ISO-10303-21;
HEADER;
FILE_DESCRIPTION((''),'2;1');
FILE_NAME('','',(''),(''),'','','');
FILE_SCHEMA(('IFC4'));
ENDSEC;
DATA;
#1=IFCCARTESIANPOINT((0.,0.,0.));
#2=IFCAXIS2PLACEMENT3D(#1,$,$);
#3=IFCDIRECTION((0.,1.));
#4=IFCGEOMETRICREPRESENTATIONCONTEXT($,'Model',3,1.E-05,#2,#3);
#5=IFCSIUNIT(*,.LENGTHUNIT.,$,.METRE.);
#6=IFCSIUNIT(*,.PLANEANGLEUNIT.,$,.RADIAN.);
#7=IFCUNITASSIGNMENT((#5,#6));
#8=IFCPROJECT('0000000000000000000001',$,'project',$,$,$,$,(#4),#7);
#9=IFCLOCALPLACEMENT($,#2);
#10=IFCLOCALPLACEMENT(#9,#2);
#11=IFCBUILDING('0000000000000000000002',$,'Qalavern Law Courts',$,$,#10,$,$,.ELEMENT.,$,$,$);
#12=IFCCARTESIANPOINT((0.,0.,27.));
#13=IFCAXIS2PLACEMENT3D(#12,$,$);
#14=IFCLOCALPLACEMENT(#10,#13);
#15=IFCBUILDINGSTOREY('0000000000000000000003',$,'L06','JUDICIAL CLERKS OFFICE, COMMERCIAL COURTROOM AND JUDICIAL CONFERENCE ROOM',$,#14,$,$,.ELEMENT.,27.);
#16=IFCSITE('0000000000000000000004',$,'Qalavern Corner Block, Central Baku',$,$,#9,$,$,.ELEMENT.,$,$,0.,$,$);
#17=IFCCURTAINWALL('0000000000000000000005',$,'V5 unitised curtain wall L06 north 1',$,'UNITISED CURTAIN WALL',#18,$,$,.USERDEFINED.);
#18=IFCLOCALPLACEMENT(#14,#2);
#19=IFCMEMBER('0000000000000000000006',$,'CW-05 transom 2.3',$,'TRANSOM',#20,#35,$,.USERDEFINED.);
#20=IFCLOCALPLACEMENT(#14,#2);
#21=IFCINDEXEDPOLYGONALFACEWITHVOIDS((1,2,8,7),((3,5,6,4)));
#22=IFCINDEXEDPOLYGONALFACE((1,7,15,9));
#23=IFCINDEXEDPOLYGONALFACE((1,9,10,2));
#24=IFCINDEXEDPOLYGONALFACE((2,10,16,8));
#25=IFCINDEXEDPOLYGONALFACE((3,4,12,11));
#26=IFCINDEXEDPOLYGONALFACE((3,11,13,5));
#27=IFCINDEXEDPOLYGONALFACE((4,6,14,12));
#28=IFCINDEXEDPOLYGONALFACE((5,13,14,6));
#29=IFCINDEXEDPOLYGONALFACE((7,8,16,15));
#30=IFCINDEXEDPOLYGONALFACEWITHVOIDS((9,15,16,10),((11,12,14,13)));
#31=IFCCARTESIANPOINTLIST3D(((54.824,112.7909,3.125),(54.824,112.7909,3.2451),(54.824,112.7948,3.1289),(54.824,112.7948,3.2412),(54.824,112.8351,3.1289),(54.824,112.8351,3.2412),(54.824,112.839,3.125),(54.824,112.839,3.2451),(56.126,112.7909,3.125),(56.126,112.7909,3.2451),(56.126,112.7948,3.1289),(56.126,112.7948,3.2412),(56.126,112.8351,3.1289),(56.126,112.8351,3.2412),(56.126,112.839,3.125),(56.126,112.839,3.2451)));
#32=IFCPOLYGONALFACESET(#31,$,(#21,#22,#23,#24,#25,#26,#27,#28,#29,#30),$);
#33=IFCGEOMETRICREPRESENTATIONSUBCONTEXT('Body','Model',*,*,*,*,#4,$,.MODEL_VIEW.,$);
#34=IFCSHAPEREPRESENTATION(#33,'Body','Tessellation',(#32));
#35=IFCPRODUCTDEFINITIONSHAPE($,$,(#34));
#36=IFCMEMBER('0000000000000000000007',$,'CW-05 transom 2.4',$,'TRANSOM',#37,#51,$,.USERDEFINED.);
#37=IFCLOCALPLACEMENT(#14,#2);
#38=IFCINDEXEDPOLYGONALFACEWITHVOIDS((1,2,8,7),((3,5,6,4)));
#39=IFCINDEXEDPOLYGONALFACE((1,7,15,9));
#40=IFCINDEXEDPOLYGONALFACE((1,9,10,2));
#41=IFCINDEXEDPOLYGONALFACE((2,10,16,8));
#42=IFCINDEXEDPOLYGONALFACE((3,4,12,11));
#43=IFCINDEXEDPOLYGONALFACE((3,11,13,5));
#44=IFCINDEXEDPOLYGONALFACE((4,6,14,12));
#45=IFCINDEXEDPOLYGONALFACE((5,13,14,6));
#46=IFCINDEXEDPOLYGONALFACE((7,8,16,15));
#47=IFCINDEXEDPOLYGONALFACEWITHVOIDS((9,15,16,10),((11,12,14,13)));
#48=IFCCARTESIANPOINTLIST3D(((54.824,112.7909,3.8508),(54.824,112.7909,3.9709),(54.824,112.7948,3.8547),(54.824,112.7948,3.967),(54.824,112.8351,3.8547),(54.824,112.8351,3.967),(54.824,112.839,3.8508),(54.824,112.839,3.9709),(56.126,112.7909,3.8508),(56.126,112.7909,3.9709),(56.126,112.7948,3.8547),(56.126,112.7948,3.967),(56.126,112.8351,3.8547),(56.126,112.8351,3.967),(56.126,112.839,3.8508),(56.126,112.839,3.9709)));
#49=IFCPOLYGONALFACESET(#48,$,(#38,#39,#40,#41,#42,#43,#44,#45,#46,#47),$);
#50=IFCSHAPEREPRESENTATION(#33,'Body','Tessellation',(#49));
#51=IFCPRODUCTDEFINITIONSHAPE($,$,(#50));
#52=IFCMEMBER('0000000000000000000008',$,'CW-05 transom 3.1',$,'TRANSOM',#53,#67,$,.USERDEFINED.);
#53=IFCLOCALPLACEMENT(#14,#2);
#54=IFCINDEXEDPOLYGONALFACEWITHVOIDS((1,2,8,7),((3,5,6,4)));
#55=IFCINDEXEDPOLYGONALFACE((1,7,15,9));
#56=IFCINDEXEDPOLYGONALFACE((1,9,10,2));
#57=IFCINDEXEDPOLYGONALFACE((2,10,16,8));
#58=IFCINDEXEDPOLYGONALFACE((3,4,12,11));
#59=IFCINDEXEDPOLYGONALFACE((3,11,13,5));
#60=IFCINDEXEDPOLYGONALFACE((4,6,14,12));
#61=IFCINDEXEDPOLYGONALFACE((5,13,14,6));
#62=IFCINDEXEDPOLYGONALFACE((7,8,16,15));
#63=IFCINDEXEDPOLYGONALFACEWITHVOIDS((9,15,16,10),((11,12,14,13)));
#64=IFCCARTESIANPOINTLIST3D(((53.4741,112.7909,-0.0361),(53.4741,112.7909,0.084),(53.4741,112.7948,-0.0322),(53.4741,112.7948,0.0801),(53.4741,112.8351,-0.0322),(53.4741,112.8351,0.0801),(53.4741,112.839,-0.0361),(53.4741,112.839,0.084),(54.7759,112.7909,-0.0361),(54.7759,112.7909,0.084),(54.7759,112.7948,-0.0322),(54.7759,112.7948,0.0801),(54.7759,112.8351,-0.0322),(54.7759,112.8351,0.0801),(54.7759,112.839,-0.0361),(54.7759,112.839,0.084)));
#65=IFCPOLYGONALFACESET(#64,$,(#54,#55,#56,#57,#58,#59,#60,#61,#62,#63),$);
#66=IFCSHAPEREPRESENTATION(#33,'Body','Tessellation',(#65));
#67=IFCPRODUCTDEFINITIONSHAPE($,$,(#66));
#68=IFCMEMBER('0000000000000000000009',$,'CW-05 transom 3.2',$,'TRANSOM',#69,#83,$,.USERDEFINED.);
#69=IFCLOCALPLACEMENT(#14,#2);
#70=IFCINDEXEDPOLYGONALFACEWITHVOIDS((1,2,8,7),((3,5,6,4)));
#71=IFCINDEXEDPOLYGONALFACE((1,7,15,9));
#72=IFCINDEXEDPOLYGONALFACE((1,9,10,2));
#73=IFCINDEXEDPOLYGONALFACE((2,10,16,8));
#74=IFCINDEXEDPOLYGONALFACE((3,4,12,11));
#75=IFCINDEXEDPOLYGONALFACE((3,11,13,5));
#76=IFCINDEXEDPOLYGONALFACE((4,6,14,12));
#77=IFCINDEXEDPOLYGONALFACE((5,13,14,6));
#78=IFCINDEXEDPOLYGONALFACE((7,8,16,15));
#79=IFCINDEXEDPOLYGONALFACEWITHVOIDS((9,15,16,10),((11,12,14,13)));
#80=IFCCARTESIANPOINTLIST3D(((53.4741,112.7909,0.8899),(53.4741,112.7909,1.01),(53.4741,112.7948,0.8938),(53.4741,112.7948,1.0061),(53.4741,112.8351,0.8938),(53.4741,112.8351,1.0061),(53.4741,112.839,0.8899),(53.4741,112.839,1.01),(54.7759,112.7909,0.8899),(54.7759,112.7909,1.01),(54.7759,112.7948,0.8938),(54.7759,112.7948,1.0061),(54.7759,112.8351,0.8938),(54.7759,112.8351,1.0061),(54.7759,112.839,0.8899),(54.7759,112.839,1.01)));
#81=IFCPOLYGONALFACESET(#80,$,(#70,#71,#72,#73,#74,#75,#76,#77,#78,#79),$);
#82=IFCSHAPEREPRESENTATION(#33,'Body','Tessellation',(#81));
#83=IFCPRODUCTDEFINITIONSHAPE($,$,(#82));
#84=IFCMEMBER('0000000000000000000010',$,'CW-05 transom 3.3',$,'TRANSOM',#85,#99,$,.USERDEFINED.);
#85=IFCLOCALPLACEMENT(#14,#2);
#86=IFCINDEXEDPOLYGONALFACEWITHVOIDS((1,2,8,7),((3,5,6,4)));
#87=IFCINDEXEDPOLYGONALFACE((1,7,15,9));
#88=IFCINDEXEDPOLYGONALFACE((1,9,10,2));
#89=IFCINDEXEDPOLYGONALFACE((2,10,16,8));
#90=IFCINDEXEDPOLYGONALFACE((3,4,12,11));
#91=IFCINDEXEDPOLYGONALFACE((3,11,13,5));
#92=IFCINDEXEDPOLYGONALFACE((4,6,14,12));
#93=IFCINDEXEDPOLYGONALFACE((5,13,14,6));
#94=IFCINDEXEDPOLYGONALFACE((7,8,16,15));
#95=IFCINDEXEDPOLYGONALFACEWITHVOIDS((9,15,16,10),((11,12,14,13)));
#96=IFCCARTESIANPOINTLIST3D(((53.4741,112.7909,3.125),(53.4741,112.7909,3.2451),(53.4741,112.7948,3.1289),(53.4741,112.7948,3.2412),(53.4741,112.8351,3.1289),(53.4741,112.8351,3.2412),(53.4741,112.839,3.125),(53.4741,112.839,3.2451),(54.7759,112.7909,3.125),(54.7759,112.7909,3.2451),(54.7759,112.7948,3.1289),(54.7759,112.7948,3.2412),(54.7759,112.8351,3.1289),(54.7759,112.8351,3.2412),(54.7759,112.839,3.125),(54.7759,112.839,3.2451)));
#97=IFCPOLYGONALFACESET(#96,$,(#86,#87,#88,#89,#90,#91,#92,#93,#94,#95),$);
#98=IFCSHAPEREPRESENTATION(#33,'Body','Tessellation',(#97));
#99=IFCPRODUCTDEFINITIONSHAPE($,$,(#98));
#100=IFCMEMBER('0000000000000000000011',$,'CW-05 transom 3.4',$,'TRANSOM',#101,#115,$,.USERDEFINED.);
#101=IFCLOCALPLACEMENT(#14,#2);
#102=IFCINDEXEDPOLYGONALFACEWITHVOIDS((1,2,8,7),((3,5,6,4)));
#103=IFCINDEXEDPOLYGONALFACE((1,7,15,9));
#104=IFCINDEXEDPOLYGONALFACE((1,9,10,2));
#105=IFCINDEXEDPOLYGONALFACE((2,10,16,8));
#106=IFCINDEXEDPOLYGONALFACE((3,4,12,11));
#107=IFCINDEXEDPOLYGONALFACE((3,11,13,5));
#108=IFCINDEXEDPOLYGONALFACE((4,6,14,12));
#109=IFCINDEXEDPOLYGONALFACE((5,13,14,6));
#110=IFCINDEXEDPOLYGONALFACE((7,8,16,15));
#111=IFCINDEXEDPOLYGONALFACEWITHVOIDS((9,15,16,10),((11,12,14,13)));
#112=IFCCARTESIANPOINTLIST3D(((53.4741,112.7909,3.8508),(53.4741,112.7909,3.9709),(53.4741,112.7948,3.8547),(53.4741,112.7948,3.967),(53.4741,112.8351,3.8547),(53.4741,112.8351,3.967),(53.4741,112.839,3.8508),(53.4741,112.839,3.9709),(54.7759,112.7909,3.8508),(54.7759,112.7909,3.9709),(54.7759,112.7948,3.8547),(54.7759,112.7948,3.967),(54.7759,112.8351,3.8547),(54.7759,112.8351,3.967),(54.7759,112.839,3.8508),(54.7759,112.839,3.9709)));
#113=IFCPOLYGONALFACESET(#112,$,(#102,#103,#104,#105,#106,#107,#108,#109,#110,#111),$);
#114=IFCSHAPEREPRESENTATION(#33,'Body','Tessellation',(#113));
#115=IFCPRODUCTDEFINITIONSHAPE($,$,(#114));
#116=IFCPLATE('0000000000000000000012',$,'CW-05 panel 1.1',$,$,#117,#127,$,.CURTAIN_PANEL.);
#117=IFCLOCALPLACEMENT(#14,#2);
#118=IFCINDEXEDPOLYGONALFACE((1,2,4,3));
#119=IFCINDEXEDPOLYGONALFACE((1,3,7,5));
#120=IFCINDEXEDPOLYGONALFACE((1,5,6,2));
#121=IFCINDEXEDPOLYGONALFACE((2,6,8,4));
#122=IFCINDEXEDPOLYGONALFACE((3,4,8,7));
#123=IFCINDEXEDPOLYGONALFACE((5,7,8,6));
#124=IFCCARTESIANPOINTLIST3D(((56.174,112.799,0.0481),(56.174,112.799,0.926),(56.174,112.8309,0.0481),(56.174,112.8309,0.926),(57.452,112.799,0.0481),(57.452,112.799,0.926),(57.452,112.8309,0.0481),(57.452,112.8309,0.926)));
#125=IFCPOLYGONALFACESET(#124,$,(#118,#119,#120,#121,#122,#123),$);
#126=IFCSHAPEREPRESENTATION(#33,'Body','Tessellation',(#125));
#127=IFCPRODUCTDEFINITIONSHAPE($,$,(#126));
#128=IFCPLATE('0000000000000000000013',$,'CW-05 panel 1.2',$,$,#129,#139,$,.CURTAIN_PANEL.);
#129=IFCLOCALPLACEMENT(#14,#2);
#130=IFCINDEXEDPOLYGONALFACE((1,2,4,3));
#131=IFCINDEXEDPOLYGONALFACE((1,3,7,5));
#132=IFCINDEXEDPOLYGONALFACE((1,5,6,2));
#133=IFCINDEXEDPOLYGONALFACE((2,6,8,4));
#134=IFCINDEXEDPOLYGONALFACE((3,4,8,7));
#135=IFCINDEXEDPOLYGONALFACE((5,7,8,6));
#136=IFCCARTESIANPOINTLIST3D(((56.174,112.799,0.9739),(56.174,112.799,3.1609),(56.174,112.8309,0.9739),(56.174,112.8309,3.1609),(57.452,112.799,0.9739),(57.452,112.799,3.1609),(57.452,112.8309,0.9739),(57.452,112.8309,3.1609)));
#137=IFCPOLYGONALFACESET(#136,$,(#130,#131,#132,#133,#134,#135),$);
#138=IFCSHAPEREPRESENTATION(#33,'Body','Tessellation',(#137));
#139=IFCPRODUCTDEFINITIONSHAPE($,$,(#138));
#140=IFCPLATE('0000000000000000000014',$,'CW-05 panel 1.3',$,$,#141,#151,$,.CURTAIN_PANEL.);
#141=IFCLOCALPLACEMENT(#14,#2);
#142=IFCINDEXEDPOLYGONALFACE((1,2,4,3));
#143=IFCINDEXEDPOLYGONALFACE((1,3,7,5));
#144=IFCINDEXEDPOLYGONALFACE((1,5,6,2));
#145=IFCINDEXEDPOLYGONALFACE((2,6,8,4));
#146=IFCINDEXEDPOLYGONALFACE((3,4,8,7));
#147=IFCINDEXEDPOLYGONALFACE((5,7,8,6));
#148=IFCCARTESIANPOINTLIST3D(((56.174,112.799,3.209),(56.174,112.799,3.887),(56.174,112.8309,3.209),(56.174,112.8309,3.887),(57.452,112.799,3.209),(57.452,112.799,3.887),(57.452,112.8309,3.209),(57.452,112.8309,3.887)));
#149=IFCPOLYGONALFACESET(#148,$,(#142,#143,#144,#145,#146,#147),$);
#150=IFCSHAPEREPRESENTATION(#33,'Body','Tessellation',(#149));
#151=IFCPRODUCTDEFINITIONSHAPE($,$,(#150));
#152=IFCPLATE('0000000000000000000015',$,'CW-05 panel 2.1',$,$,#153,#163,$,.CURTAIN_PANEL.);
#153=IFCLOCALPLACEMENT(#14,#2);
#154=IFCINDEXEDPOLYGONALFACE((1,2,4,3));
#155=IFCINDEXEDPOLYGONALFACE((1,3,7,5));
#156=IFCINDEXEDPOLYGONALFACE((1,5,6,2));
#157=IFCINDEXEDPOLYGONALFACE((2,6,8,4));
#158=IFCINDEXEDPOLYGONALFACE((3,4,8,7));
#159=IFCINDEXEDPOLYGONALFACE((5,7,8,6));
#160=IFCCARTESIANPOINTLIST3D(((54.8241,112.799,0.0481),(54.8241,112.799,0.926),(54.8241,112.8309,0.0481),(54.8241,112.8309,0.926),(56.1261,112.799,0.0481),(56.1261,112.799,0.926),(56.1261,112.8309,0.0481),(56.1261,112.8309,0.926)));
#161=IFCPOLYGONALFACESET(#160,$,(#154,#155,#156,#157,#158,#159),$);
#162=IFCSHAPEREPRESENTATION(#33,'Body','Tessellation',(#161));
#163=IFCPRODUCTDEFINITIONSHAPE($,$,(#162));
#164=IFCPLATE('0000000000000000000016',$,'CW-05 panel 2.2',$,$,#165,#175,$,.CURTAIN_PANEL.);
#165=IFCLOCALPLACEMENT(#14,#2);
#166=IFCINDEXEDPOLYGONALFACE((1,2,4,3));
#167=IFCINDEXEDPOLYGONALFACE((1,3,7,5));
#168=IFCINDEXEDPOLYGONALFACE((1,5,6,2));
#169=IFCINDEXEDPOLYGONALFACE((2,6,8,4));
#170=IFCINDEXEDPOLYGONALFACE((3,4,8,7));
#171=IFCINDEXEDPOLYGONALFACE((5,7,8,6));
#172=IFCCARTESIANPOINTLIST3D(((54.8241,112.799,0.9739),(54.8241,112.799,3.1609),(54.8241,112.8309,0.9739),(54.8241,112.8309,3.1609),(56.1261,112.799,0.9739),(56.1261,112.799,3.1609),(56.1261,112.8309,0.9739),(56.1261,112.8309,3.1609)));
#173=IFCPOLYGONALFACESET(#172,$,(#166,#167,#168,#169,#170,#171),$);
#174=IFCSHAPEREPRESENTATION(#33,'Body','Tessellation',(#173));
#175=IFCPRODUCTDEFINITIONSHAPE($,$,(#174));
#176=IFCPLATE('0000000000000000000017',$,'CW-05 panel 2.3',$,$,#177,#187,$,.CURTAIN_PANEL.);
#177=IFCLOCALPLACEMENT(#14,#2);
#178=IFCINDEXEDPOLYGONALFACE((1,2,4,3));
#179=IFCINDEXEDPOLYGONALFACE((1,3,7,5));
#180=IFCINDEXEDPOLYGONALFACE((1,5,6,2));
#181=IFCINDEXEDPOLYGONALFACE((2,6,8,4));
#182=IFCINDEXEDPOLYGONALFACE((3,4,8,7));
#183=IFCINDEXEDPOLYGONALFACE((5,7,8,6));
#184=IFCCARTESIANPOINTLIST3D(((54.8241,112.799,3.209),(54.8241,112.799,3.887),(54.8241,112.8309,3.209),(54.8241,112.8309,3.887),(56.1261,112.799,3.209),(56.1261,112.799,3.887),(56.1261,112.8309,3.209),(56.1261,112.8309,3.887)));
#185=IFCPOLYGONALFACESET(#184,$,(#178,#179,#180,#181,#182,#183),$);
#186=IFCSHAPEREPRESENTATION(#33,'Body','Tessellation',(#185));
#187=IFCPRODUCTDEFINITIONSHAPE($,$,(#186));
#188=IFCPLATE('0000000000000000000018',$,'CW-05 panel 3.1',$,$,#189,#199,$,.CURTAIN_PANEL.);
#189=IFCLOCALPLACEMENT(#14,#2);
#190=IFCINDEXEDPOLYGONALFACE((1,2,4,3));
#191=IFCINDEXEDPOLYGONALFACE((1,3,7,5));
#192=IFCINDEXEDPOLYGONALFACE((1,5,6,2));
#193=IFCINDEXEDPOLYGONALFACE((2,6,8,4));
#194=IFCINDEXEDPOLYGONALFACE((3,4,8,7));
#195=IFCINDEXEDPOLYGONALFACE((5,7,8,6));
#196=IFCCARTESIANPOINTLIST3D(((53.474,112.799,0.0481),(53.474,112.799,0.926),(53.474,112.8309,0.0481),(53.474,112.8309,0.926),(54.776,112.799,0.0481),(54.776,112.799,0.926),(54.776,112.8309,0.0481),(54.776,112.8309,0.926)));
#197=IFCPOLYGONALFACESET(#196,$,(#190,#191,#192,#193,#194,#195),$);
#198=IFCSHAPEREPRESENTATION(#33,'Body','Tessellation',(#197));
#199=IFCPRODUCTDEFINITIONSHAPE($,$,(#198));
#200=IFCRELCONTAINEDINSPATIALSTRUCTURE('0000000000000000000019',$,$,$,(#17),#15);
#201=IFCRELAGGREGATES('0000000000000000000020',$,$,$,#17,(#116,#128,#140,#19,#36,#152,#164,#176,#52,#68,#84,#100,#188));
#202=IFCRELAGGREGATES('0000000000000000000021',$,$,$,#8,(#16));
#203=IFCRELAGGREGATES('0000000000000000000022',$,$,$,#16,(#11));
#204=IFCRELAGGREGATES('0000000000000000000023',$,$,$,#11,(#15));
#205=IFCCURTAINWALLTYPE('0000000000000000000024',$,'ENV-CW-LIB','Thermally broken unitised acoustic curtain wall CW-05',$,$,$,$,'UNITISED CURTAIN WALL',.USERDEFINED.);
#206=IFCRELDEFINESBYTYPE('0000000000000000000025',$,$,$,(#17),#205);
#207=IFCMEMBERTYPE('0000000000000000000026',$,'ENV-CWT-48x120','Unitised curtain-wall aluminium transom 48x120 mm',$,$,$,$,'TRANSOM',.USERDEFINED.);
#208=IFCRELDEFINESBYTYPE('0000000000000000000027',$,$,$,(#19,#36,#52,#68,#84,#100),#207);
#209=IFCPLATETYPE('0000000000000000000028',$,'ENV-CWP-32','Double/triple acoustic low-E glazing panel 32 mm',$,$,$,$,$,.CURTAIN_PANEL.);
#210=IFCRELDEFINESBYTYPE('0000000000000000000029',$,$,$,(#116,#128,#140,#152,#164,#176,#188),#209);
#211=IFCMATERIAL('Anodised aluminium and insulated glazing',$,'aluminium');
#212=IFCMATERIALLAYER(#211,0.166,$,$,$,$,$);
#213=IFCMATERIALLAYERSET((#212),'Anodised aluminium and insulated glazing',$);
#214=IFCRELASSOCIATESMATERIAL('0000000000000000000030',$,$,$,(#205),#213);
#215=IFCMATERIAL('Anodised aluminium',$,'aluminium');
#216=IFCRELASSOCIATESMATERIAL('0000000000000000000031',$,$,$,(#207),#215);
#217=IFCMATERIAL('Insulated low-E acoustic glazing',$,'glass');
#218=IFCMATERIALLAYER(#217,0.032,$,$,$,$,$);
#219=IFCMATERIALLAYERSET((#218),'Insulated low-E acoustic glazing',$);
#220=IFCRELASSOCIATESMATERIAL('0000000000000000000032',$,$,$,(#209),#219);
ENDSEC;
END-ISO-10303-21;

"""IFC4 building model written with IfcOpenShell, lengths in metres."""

from ifc_helpers import new_model, si_unit, direction, frame, origin, origin_2d, place, context, subcontext, project, spatial, rectangle, hollow_rectangle, extrude, material, layer, layer_set, material_profile, profile_set, type_object, element, aggregate, save


model = new_model("IFC4")

# Units and contexts
model_context = context("Model", 3, precision=1e-05, world=origin(), true_north=direction((0.0, 1.0)))
body_context = subcontext(model_context, "Body", "Model", "MODEL_VIEW")
ifc_project = project(units=[si_unit("LENGTHUNIT", "METRE"), si_unit("PLANEANGLEUNIT", "RADIAN")], contexts=[model_context])

# Site, building, storey
site_placement = place(None, origin())
site = spatial("IfcSite", under=ifc_project, at=site_placement, Name="Qalavern Corner Block, Central Baku", CompositionType="ELEMENT", RefElevation=0.0)
building_placement = place(site_placement, origin())
building = spatial("IfcBuilding", under=site, at=building_placement, Name="Qalavern Law Courts", CompositionType="ELEMENT")
storey_placement = place(building_placement, frame((0.0, 0.0, 27.0)))
storey = spatial("IfcBuildingStorey", under=building, at=storey_placement, Name="L06", Description="JUDICIAL CLERKS OFFICE, COMMERCIAL COURTROOM AND JUDICIAL CONFERENCE ROOM", CompositionType="ELEMENT", Elevation=27.0)

# Curtain wall, members, plates
ifc_material_1 = material(Name="Anodised aluminium and insulated glazing", Category="aluminium")
ifc_layer_1 = layer(ifc_material_1, 0.166)
ifc_layer_set_1 = layer_set([ifc_layer_1], Name="Anodised aluminium and insulated glazing")
curtain_wall_type = type_object("IfcCurtainWallType", Name="ENV-CW-LIB", Description="Thermally broken unitised acoustic curtain wall CW-05", ElementType="UNITISED CURTAIN WALL", PredefinedType="USERDEFINED", material=ifc_layer_set_1)
curtain_wall_placement = place(storey_placement, origin())
curtain_wall = element("IfcCurtainWall", 1, at=curtain_wall_placement, inside=storey, type_object=curtain_wall_type, Name="V5 unitised curtain wall L06 north 1", ObjectType="UNITISED CURTAIN WALL", PredefinedType="USERDEFINED")
ifc_material_2 = material(Name="Anodised aluminium", Category="aluminium")
ifc_material_profile_1 = material_profile(ifc_material_2, hollow_rectangle(XDim=0.0481, YDim=0.1201, WallThickness=0.0039, at=origin_2d()), Name="ALU TRANSOM 48x120")
ifc_profile_set_1 = profile_set([ifc_material_profile_1], Name="Anodised aluminium")
member_type_1 = type_object("IfcMemberType", Name="ENV-CWT-48x120", Description="Unitised curtain-wall aluminium transom 48x120 mm", ElementType="TRANSOM", PredefinedType="USERDEFINED", material=ifc_profile_set_1)
member_1_placement = place(storey_placement, frame((56.126, 112.8149, 3.1851), z_axis=(-1.0, 0.0, 0.0), x_axis=(0.0, -1.0, 0.0)))
member_1 = element("IfcMember", 2, at=member_1_placement, type_object=member_type_1, Name="CW-05 transom 2.3", ObjectType="TRANSOM", PredefinedType="USERDEFINED", context=body_context, shape_type="SweptSolid", body=[
    extrude(hollow_rectangle(XDim=0.0481, YDim=0.1201, WallThickness=0.0039, at=origin_2d()), origin(), (0.0, 0.0, 1.0), 1.302),
])
member_2_placement = place(storey_placement, frame((56.126, 112.8149, 3.9109), z_axis=(-1.0, 0.0, 0.0), x_axis=(0.0, -1.0, 0.0)))
member_2 = element("IfcMember", 3, at=member_2_placement, type_object=member_type_1, Name="CW-05 transom 2.4", ObjectType="TRANSOM", PredefinedType="USERDEFINED", context=body_context, shape_type="SweptSolid", body=[
    extrude(hollow_rectangle(XDim=0.0481, YDim=0.1201, WallThickness=0.0039, at=origin_2d()), origin(), (0.0, 0.0, 1.0), 1.302),
])
member_3_placement = place(storey_placement, frame((54.7759, 112.8149, 0.0239), z_axis=(-1.0, 0.0, 0.0), x_axis=(0.0, -1.0, 0.0)))
member_3 = element("IfcMember", 4, at=member_3_placement, type_object=member_type_1, Name="CW-05 transom 3.1", ObjectType="TRANSOM", PredefinedType="USERDEFINED", context=body_context, shape_type="SweptSolid", body=[
    extrude(hollow_rectangle(XDim=0.0481, YDim=0.1201, WallThickness=0.0039, at=origin_2d()), origin(), (0.0, 0.0, 1.0), 1.3018),
])
member_4_placement = place(storey_placement, frame((54.7759, 112.8149, 0.95), z_axis=(-1.0, 0.0, 0.0), x_axis=(0.0, -1.0, 0.0)))
member_4 = element("IfcMember", 5, at=member_4_placement, type_object=member_type_1, Name="CW-05 transom 3.2", ObjectType="TRANSOM", PredefinedType="USERDEFINED", context=body_context, shape_type="SweptSolid", body=[
    extrude(hollow_rectangle(XDim=0.0481, YDim=0.1201, WallThickness=0.0039, at=origin_2d()), origin(), (0.0, 0.0, 1.0), 1.3018),
])
member_5_placement = place(storey_placement, frame((54.7759, 112.8149, 3.1851), z_axis=(-1.0, 0.0, 0.0), x_axis=(0.0, -1.0, 0.0)))
member_5 = element("IfcMember", 6, at=member_5_placement, type_object=member_type_1, Name="CW-05 transom 3.3", ObjectType="TRANSOM", PredefinedType="USERDEFINED", context=body_context, shape_type="SweptSolid", body=[
    extrude(hollow_rectangle(XDim=0.0481, YDim=0.1201, WallThickness=0.0039, at=origin_2d()), origin(), (0.0, 0.0, 1.0), 1.3018),
])
member_6_placement = place(storey_placement, frame((54.7759, 112.8149, 3.9109), z_axis=(-1.0, 0.0, 0.0), x_axis=(0.0, -1.0, 0.0)))
member_6 = element("IfcMember", 7, at=member_6_placement, type_object=member_type_1, Name="CW-05 transom 3.4", ObjectType="TRANSOM", PredefinedType="USERDEFINED", context=body_context, shape_type="SweptSolid", body=[
    extrude(hollow_rectangle(XDim=0.0481, YDim=0.1201, WallThickness=0.0039, at=origin_2d()), origin(), (0.0, 0.0, 1.0), 1.3018),
])
ifc_material_3 = material(Name="Insulated low-E acoustic glazing", Category="glass")
ifc_layer_2 = layer(ifc_material_3, 0.032)
ifc_layer_set_2 = layer_set([ifc_layer_2], Name="Insulated low-E acoustic glazing")
plate_type = type_object("IfcPlateType", Name="ENV-CWP-32", Description="Double/triple acoustic low-E glazing panel 32 mm", PredefinedType="CURTAIN_PANEL", material=ifc_layer_set_2)
plate_1_placement = place(storey_placement, frame((56.813, 112.8149, 0.0481), z_axis=(0.0, 0.0, 1.0), x_axis=(-1.0, 0.0, 0.0)))
plate_1 = element("IfcPlate", 8, at=plate_1_placement, type_object=plate_type, Name="CW-05 panel 1.1", PredefinedType="CURTAIN_PANEL", context=body_context, shape_type="SweptSolid", body=[
    extrude(rectangle(XDim=1.2781, YDim=0.032, at=origin_2d()), origin(), (0.0, 0.0, 1.0), 0.8779),
])
plate_2_placement = place(storey_placement, frame((56.813, 112.8149, 0.9739), z_axis=(0.0, 0.0, 1.0), x_axis=(-1.0, 0.0, 0.0)))
plate_2 = element("IfcPlate", 9, at=plate_2_placement, type_object=plate_type, Name="CW-05 panel 1.2", PredefinedType="CURTAIN_PANEL", context=body_context, shape_type="SweptSolid", body=[
    extrude(rectangle(XDim=1.2781, YDim=0.032, at=origin_2d()), origin(), (0.0, 0.0, 1.0), 2.187),
])
plate_3_placement = place(storey_placement, frame((56.813, 112.8149, 3.209), z_axis=(0.0, 0.0, 1.0), x_axis=(-1.0, 0.0, 0.0)))
plate_3 = element("IfcPlate", 10, at=plate_3_placement, type_object=plate_type, Name="CW-05 panel 1.3", PredefinedType="CURTAIN_PANEL", context=body_context, shape_type="SweptSolid", body=[
    extrude(rectangle(XDim=1.2781, YDim=0.032, at=origin_2d()), origin(), (0.0, 0.0, 1.0), 0.678),
])
plate_4_placement = place(storey_placement, frame((55.4751, 112.8149, 0.0481), z_axis=(0.0, 0.0, 1.0), x_axis=(-1.0, 0.0, 0.0)))
plate_4 = element("IfcPlate", 11, at=plate_4_placement, type_object=plate_type, Name="CW-05 panel 2.1", PredefinedType="CURTAIN_PANEL", context=body_context, shape_type="SweptSolid", body=[
    extrude(rectangle(XDim=1.302, YDim=0.032, at=origin_2d()), origin(), (0.0, 0.0, 1.0), 0.8779),
])
plate_5_placement = place(storey_placement, frame((55.4751, 112.8149, 0.9739), z_axis=(0.0, 0.0, 1.0), x_axis=(-1.0, 0.0, 0.0)))
plate_5 = element("IfcPlate", 12, at=plate_5_placement, type_object=plate_type, Name="CW-05 panel 2.2", PredefinedType="CURTAIN_PANEL", context=body_context, shape_type="SweptSolid", body=[
    extrude(rectangle(XDim=1.302, YDim=0.032, at=origin_2d()), origin(), (0.0, 0.0, 1.0), 2.187),
])
plate_6_placement = place(storey_placement, frame((55.4751, 112.8149, 3.209), z_axis=(0.0, 0.0, 1.0), x_axis=(-1.0, 0.0, 0.0)))
plate_6 = element("IfcPlate", 13, at=plate_6_placement, type_object=plate_type, Name="CW-05 panel 2.3", PredefinedType="CURTAIN_PANEL", context=body_context, shape_type="SweptSolid", body=[
    extrude(rectangle(XDim=1.302, YDim=0.032, at=origin_2d()), origin(), (0.0, 0.0, 1.0), 0.678),
])
plate_7_placement = place(storey_placement, frame((54.125, 112.8149, 0.0481), z_axis=(0.0, 0.0, 1.0), x_axis=(-1.0, 0.0, 0.0)))
plate_7 = element("IfcPlate", 14, at=plate_7_placement, type_object=plate_type, Name="CW-05 panel 3.1", PredefinedType="CURTAIN_PANEL", context=body_context, shape_type="SweptSolid", body=[
    extrude(rectangle(XDim=1.302, YDim=0.032, at=origin_2d()), origin(), (0.0, 0.0, 1.0), 0.8779),
])
aggregate(curtain_wall, [plate_1, plate_2, plate_3, member_1, member_2, plate_4, plate_5, plate_6, member_3, member_4, member_5, member_6, plate_7])

save(model, "model.ifc")
